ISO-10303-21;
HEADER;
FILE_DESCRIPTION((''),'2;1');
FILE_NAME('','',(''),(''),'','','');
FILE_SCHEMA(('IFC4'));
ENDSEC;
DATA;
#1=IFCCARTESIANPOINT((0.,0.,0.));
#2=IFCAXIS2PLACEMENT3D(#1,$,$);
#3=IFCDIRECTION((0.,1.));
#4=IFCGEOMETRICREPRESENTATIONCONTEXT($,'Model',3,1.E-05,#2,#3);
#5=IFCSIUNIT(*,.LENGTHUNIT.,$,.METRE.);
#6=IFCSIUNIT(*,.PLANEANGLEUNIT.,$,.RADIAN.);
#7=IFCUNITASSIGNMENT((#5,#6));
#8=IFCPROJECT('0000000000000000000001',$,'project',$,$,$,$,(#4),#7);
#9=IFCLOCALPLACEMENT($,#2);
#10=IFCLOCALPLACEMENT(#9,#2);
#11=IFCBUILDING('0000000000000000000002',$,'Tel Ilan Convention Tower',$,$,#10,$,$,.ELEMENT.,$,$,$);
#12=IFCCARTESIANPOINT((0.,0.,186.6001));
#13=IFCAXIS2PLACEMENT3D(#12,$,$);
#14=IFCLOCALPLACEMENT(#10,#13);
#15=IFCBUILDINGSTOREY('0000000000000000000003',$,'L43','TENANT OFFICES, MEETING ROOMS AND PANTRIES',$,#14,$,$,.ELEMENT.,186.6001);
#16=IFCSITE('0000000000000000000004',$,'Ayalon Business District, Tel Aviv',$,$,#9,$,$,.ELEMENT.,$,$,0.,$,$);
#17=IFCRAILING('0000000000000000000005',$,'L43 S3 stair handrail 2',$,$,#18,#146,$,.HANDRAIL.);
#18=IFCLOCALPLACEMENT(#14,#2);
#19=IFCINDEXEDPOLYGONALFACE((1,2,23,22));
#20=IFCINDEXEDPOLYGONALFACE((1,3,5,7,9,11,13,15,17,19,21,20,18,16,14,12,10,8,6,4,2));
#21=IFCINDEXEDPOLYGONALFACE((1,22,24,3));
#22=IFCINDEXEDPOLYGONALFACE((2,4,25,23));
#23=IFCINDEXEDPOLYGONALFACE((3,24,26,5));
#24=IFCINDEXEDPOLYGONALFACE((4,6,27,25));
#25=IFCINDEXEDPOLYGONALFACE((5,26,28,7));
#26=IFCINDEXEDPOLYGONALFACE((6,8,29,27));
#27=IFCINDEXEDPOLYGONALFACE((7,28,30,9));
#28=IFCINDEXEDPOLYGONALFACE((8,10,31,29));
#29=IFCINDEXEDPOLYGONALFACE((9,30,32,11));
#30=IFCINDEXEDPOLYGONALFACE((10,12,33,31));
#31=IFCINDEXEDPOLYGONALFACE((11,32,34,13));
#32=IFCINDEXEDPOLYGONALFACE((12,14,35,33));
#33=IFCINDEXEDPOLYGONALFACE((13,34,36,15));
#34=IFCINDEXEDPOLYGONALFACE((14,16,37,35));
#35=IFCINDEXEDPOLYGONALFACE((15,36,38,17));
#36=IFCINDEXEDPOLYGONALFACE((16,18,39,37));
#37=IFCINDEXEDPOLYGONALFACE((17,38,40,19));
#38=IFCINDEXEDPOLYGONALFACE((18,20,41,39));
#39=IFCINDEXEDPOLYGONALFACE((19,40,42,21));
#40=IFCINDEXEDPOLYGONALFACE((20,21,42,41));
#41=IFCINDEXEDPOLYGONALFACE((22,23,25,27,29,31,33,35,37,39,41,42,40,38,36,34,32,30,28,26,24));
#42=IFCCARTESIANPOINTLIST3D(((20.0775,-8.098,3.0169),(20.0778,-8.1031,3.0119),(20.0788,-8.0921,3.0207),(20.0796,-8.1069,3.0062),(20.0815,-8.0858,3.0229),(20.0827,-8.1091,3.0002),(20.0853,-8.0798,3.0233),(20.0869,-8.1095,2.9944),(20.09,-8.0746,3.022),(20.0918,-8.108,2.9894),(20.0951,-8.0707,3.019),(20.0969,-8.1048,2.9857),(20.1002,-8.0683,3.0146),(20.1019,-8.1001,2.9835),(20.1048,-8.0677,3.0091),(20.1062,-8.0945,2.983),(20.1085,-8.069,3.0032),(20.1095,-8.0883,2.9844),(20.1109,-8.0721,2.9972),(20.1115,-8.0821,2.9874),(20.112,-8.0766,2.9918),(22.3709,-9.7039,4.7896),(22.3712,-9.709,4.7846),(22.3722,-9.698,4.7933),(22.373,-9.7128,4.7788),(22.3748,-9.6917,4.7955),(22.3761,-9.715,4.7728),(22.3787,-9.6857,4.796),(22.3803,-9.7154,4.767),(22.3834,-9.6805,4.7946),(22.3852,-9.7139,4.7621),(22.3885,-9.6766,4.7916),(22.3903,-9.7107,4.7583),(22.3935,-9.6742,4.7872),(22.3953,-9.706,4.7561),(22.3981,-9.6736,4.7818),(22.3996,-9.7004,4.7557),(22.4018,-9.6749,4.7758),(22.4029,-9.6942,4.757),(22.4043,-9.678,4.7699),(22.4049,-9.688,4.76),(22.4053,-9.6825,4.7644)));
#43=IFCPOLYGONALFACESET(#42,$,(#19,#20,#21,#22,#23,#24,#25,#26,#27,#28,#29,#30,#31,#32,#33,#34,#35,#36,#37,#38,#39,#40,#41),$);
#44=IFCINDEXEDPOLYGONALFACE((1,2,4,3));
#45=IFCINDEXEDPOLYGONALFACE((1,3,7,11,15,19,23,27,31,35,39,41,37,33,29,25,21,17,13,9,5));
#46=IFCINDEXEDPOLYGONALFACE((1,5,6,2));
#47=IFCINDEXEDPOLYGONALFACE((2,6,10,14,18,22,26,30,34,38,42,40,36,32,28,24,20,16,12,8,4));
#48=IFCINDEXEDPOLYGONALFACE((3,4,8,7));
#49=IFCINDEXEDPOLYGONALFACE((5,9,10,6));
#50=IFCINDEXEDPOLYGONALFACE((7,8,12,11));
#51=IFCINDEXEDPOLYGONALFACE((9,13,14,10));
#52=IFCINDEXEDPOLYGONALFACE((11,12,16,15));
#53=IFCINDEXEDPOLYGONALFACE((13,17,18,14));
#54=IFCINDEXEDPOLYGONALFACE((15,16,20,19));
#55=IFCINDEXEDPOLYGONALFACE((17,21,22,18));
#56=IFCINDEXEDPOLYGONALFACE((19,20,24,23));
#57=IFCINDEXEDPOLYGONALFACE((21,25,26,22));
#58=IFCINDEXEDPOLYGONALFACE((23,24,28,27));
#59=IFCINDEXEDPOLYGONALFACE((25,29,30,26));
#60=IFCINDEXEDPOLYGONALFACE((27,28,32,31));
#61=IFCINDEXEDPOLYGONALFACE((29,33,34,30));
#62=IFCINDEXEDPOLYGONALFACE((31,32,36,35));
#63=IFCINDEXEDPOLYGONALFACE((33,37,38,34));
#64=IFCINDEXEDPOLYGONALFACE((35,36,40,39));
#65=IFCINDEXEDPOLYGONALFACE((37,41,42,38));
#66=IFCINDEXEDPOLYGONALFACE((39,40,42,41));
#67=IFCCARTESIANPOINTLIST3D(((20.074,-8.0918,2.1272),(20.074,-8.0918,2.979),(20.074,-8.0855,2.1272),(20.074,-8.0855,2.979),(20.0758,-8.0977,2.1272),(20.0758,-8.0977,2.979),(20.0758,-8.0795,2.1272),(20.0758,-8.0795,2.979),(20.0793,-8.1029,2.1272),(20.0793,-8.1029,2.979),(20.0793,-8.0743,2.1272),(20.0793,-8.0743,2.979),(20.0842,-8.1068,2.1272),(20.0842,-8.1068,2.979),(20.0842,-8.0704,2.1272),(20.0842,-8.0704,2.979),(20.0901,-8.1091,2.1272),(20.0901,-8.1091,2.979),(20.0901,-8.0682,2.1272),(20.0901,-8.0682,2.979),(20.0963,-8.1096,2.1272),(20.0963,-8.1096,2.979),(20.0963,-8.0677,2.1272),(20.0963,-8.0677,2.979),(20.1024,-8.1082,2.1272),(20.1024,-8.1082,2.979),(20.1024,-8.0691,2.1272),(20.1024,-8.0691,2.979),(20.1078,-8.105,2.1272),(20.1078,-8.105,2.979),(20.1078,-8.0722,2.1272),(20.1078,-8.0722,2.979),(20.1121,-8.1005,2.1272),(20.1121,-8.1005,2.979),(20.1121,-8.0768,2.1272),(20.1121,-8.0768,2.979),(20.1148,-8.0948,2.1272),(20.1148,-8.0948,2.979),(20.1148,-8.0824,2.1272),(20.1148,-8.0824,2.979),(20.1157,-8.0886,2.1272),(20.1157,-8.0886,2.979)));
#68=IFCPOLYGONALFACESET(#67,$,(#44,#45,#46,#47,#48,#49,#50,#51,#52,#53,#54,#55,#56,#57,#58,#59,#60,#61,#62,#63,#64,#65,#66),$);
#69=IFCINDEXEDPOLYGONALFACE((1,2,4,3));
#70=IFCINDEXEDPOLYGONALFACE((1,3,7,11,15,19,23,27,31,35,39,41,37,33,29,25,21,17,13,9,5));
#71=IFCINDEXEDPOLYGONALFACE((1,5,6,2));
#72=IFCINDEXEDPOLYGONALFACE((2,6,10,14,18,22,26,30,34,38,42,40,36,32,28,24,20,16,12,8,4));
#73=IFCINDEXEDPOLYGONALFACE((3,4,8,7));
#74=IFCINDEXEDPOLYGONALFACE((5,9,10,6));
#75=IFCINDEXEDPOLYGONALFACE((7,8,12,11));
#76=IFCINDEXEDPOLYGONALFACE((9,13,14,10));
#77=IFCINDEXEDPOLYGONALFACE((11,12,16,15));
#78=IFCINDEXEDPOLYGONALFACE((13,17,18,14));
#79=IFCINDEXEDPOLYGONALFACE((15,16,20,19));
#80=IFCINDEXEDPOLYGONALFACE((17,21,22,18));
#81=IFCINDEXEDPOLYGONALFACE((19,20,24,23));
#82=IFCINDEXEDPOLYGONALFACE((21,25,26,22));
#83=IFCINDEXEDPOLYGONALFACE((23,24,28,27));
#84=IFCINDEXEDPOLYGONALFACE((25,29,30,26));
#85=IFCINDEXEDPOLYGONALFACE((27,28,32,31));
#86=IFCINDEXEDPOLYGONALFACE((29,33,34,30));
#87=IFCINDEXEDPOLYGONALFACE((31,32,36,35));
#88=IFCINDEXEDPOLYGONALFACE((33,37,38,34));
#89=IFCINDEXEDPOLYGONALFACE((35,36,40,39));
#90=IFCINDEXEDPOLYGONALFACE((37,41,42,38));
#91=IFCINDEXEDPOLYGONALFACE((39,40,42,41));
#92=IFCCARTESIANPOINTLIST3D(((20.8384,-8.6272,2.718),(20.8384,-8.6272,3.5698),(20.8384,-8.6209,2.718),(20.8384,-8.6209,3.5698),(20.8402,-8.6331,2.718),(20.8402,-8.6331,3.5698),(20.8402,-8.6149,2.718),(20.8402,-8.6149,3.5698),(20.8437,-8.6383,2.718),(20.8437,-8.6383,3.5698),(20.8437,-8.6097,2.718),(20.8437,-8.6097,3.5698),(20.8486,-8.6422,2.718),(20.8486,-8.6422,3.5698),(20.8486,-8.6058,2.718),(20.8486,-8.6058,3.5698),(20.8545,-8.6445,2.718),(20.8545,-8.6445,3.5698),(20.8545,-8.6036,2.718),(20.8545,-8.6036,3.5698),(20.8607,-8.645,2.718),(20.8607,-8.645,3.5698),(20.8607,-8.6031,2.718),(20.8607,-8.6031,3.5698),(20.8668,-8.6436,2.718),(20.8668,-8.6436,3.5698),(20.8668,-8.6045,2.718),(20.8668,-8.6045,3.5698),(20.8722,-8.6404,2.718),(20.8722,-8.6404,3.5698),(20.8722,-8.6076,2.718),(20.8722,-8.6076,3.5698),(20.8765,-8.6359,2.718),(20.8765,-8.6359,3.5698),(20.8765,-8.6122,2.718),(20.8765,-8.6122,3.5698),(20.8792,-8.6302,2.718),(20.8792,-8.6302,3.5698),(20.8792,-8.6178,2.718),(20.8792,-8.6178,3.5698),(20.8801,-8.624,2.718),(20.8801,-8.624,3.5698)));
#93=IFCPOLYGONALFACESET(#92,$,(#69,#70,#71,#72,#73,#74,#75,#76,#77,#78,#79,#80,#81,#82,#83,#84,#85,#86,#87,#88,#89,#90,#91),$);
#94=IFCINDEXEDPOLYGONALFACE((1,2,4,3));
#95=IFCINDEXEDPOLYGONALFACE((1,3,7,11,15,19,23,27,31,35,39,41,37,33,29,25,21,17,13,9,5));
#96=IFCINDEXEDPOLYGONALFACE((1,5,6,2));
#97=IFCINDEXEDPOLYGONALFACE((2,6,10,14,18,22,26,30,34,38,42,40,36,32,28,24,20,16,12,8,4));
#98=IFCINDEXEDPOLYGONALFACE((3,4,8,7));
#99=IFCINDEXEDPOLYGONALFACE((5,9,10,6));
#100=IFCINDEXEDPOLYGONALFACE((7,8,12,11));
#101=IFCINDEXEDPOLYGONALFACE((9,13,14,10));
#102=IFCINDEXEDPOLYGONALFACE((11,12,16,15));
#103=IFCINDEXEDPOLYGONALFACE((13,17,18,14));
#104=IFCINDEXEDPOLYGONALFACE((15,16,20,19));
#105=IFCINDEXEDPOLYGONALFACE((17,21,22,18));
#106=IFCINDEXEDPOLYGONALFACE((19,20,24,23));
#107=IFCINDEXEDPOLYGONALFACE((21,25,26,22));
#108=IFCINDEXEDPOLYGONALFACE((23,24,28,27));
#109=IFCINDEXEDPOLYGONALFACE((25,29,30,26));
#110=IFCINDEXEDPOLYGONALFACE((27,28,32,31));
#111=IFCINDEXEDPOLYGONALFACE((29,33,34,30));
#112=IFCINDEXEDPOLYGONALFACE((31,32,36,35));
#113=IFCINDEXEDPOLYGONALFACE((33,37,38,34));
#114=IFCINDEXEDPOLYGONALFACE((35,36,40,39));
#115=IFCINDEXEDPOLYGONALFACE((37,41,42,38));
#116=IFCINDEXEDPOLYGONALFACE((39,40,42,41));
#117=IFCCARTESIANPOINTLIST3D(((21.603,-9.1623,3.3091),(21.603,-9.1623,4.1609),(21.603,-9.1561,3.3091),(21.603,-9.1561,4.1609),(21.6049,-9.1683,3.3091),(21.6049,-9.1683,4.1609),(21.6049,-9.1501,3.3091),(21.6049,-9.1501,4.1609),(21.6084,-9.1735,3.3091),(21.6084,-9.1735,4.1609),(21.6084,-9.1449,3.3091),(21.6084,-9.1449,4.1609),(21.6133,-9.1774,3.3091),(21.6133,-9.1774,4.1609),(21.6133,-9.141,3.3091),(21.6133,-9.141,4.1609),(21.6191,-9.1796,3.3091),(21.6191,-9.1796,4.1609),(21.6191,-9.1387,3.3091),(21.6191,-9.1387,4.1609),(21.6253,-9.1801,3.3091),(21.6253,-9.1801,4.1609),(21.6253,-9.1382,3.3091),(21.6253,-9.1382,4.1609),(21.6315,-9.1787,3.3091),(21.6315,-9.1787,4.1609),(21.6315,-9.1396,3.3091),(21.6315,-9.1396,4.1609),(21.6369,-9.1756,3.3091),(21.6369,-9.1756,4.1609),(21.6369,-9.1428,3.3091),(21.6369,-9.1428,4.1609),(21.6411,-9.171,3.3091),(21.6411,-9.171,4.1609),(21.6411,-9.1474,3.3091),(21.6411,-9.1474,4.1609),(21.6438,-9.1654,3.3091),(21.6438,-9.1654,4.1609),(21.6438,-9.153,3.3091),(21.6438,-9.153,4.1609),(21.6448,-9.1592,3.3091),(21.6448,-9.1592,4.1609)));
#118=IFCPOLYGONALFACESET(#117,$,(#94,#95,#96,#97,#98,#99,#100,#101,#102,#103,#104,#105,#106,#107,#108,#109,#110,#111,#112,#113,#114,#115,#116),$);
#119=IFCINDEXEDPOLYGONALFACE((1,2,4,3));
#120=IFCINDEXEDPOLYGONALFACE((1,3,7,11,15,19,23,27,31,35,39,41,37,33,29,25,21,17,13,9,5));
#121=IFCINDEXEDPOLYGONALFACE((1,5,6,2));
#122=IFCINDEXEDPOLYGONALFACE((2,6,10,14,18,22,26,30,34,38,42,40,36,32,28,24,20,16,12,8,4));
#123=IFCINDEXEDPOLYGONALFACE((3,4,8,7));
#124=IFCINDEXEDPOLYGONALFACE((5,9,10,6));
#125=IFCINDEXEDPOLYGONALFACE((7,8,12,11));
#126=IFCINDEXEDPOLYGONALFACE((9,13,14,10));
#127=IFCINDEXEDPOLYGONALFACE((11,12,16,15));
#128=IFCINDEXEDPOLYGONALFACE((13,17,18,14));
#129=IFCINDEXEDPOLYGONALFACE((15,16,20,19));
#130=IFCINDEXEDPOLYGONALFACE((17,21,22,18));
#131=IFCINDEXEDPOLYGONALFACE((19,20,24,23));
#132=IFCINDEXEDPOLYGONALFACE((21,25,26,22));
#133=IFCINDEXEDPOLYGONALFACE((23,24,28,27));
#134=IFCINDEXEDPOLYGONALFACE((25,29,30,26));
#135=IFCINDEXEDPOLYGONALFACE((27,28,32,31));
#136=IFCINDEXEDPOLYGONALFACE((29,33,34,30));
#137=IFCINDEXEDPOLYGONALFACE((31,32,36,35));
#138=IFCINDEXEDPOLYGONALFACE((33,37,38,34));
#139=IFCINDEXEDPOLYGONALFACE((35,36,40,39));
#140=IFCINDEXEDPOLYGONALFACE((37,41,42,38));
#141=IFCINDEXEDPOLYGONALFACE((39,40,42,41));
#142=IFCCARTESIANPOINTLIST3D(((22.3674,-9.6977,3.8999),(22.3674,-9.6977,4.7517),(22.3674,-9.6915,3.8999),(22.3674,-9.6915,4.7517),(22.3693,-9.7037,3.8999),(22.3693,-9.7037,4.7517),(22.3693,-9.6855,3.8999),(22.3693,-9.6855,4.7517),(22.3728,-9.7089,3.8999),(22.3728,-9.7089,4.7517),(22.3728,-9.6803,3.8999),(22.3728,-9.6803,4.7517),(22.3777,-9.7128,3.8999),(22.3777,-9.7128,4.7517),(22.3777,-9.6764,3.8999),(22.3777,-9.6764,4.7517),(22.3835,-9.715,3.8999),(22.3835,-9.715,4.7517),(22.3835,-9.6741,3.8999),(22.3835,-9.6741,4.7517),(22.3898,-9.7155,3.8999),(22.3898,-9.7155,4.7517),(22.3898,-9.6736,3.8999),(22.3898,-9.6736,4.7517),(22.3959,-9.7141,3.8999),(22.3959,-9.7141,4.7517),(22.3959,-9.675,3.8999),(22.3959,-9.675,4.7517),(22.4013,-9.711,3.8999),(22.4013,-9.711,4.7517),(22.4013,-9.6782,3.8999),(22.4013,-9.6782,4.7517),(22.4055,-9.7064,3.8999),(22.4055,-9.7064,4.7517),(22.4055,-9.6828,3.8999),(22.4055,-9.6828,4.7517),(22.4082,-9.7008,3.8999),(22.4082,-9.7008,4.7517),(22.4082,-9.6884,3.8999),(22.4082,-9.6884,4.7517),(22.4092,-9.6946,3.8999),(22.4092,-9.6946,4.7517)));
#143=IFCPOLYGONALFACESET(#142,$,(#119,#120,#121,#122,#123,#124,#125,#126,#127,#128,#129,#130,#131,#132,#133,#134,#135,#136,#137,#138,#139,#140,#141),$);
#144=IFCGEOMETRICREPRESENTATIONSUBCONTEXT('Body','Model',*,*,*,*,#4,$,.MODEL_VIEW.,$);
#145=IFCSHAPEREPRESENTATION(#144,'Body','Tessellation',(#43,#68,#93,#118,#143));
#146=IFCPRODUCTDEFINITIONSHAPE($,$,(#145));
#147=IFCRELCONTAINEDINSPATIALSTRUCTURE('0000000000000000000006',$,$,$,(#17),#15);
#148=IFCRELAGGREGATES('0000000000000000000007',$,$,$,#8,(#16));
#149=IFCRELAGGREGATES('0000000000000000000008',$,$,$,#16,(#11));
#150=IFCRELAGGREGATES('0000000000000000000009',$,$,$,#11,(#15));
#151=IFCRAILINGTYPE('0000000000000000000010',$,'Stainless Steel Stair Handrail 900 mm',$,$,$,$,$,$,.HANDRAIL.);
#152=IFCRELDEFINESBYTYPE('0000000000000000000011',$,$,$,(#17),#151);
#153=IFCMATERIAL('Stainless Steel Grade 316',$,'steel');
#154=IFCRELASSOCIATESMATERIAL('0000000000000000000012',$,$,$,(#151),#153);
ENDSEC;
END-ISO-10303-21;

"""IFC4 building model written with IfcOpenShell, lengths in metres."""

from ifc_helpers import new_model, si_unit, direction, frame, origin, origin_2d, place, context, subcontext, project, spatial, circle, extrude, material, type_object, element, save


model = new_model("IFC4")

# Units and contexts
model_context = context("Model", 3, precision=1e-05, world=origin(), true_north=direction((0.0, 1.0)))
body_context = subcontext(model_context, "Body", "Model", "MODEL_VIEW")
ifc_project = project(units=[si_unit("LENGTHUNIT", "METRE"), si_unit("PLANEANGLEUNIT", "RADIAN")], contexts=[model_context])

# Site, building, storey
site_placement = place(None, origin())
site = spatial("IfcSite", under=ifc_project, at=site_placement, Name="Ayalon Business District, Tel Aviv", CompositionType="ELEMENT", RefElevation=0.0)
building_placement = place(site_placement, origin())
building = spatial("IfcBuilding", under=site, at=building_placement, Name="Tel Ilan Convention Tower", CompositionType="ELEMENT")
storey_placement = place(building_placement, frame((0.0, 0.0, 186.6001)))
storey = spatial("IfcBuildingStorey", under=building, at=storey_placement, Name="L43", Description="TENANT OFFICES, MEETING ROOMS AND PANTRIES", CompositionType="ELEMENT", Elevation=186.6001)

# Railing
ifc_material_1 = material(Name="Stainless Steel Grade 316", Category="steel")
railing_type_1 = type_object("IfcRailingType", Name="Stainless Steel Stair Handrail 900 mm", PredefinedType="HANDRAIL", material=ifc_material_1)
railing_1_placement = place(storey_placement, frame((20.0947, -8.0886, 2.1272)))
element("IfcRailing", 1, at=railing_1_placement, inside=storey, type_object=railing_type_1, Name="L43 S3 stair handrail 2", PredefinedType="HANDRAIL", context=body_context, shape_type="SweptSolid", body=[
    extrude(circle(Radius=0.0239, at=origin_2d()), frame((0.0, 0.0, 0.876), z_axis=(0.692085, -0.484621, 0.53494), x_axis=(0.573591, 0.819142, 0.0)), (0.0, 0.0, 1.0), 3.3137),
    extrude(circle(Radius=0.021, at=origin_2d()), origin(), (0.0, 0.0, 1.0), 0.8518),
    extrude(circle(Radius=0.021, at=origin_2d()), frame((0.7644, -0.5354, 0.5908)), (0.0, 0.0, 1.0), 0.8518),
    extrude(circle(Radius=0.021, at=origin_2d()), frame((1.5291, -1.0706, 1.1819)), (0.0, 0.0, 1.0), 0.8518),
    extrude(circle(Radius=0.021, at=origin_2d()), frame((2.2935, -1.606, 1.7727)), (0.0, 0.0, 1.0), 0.8518),
])

save(model, "model.ifc")
